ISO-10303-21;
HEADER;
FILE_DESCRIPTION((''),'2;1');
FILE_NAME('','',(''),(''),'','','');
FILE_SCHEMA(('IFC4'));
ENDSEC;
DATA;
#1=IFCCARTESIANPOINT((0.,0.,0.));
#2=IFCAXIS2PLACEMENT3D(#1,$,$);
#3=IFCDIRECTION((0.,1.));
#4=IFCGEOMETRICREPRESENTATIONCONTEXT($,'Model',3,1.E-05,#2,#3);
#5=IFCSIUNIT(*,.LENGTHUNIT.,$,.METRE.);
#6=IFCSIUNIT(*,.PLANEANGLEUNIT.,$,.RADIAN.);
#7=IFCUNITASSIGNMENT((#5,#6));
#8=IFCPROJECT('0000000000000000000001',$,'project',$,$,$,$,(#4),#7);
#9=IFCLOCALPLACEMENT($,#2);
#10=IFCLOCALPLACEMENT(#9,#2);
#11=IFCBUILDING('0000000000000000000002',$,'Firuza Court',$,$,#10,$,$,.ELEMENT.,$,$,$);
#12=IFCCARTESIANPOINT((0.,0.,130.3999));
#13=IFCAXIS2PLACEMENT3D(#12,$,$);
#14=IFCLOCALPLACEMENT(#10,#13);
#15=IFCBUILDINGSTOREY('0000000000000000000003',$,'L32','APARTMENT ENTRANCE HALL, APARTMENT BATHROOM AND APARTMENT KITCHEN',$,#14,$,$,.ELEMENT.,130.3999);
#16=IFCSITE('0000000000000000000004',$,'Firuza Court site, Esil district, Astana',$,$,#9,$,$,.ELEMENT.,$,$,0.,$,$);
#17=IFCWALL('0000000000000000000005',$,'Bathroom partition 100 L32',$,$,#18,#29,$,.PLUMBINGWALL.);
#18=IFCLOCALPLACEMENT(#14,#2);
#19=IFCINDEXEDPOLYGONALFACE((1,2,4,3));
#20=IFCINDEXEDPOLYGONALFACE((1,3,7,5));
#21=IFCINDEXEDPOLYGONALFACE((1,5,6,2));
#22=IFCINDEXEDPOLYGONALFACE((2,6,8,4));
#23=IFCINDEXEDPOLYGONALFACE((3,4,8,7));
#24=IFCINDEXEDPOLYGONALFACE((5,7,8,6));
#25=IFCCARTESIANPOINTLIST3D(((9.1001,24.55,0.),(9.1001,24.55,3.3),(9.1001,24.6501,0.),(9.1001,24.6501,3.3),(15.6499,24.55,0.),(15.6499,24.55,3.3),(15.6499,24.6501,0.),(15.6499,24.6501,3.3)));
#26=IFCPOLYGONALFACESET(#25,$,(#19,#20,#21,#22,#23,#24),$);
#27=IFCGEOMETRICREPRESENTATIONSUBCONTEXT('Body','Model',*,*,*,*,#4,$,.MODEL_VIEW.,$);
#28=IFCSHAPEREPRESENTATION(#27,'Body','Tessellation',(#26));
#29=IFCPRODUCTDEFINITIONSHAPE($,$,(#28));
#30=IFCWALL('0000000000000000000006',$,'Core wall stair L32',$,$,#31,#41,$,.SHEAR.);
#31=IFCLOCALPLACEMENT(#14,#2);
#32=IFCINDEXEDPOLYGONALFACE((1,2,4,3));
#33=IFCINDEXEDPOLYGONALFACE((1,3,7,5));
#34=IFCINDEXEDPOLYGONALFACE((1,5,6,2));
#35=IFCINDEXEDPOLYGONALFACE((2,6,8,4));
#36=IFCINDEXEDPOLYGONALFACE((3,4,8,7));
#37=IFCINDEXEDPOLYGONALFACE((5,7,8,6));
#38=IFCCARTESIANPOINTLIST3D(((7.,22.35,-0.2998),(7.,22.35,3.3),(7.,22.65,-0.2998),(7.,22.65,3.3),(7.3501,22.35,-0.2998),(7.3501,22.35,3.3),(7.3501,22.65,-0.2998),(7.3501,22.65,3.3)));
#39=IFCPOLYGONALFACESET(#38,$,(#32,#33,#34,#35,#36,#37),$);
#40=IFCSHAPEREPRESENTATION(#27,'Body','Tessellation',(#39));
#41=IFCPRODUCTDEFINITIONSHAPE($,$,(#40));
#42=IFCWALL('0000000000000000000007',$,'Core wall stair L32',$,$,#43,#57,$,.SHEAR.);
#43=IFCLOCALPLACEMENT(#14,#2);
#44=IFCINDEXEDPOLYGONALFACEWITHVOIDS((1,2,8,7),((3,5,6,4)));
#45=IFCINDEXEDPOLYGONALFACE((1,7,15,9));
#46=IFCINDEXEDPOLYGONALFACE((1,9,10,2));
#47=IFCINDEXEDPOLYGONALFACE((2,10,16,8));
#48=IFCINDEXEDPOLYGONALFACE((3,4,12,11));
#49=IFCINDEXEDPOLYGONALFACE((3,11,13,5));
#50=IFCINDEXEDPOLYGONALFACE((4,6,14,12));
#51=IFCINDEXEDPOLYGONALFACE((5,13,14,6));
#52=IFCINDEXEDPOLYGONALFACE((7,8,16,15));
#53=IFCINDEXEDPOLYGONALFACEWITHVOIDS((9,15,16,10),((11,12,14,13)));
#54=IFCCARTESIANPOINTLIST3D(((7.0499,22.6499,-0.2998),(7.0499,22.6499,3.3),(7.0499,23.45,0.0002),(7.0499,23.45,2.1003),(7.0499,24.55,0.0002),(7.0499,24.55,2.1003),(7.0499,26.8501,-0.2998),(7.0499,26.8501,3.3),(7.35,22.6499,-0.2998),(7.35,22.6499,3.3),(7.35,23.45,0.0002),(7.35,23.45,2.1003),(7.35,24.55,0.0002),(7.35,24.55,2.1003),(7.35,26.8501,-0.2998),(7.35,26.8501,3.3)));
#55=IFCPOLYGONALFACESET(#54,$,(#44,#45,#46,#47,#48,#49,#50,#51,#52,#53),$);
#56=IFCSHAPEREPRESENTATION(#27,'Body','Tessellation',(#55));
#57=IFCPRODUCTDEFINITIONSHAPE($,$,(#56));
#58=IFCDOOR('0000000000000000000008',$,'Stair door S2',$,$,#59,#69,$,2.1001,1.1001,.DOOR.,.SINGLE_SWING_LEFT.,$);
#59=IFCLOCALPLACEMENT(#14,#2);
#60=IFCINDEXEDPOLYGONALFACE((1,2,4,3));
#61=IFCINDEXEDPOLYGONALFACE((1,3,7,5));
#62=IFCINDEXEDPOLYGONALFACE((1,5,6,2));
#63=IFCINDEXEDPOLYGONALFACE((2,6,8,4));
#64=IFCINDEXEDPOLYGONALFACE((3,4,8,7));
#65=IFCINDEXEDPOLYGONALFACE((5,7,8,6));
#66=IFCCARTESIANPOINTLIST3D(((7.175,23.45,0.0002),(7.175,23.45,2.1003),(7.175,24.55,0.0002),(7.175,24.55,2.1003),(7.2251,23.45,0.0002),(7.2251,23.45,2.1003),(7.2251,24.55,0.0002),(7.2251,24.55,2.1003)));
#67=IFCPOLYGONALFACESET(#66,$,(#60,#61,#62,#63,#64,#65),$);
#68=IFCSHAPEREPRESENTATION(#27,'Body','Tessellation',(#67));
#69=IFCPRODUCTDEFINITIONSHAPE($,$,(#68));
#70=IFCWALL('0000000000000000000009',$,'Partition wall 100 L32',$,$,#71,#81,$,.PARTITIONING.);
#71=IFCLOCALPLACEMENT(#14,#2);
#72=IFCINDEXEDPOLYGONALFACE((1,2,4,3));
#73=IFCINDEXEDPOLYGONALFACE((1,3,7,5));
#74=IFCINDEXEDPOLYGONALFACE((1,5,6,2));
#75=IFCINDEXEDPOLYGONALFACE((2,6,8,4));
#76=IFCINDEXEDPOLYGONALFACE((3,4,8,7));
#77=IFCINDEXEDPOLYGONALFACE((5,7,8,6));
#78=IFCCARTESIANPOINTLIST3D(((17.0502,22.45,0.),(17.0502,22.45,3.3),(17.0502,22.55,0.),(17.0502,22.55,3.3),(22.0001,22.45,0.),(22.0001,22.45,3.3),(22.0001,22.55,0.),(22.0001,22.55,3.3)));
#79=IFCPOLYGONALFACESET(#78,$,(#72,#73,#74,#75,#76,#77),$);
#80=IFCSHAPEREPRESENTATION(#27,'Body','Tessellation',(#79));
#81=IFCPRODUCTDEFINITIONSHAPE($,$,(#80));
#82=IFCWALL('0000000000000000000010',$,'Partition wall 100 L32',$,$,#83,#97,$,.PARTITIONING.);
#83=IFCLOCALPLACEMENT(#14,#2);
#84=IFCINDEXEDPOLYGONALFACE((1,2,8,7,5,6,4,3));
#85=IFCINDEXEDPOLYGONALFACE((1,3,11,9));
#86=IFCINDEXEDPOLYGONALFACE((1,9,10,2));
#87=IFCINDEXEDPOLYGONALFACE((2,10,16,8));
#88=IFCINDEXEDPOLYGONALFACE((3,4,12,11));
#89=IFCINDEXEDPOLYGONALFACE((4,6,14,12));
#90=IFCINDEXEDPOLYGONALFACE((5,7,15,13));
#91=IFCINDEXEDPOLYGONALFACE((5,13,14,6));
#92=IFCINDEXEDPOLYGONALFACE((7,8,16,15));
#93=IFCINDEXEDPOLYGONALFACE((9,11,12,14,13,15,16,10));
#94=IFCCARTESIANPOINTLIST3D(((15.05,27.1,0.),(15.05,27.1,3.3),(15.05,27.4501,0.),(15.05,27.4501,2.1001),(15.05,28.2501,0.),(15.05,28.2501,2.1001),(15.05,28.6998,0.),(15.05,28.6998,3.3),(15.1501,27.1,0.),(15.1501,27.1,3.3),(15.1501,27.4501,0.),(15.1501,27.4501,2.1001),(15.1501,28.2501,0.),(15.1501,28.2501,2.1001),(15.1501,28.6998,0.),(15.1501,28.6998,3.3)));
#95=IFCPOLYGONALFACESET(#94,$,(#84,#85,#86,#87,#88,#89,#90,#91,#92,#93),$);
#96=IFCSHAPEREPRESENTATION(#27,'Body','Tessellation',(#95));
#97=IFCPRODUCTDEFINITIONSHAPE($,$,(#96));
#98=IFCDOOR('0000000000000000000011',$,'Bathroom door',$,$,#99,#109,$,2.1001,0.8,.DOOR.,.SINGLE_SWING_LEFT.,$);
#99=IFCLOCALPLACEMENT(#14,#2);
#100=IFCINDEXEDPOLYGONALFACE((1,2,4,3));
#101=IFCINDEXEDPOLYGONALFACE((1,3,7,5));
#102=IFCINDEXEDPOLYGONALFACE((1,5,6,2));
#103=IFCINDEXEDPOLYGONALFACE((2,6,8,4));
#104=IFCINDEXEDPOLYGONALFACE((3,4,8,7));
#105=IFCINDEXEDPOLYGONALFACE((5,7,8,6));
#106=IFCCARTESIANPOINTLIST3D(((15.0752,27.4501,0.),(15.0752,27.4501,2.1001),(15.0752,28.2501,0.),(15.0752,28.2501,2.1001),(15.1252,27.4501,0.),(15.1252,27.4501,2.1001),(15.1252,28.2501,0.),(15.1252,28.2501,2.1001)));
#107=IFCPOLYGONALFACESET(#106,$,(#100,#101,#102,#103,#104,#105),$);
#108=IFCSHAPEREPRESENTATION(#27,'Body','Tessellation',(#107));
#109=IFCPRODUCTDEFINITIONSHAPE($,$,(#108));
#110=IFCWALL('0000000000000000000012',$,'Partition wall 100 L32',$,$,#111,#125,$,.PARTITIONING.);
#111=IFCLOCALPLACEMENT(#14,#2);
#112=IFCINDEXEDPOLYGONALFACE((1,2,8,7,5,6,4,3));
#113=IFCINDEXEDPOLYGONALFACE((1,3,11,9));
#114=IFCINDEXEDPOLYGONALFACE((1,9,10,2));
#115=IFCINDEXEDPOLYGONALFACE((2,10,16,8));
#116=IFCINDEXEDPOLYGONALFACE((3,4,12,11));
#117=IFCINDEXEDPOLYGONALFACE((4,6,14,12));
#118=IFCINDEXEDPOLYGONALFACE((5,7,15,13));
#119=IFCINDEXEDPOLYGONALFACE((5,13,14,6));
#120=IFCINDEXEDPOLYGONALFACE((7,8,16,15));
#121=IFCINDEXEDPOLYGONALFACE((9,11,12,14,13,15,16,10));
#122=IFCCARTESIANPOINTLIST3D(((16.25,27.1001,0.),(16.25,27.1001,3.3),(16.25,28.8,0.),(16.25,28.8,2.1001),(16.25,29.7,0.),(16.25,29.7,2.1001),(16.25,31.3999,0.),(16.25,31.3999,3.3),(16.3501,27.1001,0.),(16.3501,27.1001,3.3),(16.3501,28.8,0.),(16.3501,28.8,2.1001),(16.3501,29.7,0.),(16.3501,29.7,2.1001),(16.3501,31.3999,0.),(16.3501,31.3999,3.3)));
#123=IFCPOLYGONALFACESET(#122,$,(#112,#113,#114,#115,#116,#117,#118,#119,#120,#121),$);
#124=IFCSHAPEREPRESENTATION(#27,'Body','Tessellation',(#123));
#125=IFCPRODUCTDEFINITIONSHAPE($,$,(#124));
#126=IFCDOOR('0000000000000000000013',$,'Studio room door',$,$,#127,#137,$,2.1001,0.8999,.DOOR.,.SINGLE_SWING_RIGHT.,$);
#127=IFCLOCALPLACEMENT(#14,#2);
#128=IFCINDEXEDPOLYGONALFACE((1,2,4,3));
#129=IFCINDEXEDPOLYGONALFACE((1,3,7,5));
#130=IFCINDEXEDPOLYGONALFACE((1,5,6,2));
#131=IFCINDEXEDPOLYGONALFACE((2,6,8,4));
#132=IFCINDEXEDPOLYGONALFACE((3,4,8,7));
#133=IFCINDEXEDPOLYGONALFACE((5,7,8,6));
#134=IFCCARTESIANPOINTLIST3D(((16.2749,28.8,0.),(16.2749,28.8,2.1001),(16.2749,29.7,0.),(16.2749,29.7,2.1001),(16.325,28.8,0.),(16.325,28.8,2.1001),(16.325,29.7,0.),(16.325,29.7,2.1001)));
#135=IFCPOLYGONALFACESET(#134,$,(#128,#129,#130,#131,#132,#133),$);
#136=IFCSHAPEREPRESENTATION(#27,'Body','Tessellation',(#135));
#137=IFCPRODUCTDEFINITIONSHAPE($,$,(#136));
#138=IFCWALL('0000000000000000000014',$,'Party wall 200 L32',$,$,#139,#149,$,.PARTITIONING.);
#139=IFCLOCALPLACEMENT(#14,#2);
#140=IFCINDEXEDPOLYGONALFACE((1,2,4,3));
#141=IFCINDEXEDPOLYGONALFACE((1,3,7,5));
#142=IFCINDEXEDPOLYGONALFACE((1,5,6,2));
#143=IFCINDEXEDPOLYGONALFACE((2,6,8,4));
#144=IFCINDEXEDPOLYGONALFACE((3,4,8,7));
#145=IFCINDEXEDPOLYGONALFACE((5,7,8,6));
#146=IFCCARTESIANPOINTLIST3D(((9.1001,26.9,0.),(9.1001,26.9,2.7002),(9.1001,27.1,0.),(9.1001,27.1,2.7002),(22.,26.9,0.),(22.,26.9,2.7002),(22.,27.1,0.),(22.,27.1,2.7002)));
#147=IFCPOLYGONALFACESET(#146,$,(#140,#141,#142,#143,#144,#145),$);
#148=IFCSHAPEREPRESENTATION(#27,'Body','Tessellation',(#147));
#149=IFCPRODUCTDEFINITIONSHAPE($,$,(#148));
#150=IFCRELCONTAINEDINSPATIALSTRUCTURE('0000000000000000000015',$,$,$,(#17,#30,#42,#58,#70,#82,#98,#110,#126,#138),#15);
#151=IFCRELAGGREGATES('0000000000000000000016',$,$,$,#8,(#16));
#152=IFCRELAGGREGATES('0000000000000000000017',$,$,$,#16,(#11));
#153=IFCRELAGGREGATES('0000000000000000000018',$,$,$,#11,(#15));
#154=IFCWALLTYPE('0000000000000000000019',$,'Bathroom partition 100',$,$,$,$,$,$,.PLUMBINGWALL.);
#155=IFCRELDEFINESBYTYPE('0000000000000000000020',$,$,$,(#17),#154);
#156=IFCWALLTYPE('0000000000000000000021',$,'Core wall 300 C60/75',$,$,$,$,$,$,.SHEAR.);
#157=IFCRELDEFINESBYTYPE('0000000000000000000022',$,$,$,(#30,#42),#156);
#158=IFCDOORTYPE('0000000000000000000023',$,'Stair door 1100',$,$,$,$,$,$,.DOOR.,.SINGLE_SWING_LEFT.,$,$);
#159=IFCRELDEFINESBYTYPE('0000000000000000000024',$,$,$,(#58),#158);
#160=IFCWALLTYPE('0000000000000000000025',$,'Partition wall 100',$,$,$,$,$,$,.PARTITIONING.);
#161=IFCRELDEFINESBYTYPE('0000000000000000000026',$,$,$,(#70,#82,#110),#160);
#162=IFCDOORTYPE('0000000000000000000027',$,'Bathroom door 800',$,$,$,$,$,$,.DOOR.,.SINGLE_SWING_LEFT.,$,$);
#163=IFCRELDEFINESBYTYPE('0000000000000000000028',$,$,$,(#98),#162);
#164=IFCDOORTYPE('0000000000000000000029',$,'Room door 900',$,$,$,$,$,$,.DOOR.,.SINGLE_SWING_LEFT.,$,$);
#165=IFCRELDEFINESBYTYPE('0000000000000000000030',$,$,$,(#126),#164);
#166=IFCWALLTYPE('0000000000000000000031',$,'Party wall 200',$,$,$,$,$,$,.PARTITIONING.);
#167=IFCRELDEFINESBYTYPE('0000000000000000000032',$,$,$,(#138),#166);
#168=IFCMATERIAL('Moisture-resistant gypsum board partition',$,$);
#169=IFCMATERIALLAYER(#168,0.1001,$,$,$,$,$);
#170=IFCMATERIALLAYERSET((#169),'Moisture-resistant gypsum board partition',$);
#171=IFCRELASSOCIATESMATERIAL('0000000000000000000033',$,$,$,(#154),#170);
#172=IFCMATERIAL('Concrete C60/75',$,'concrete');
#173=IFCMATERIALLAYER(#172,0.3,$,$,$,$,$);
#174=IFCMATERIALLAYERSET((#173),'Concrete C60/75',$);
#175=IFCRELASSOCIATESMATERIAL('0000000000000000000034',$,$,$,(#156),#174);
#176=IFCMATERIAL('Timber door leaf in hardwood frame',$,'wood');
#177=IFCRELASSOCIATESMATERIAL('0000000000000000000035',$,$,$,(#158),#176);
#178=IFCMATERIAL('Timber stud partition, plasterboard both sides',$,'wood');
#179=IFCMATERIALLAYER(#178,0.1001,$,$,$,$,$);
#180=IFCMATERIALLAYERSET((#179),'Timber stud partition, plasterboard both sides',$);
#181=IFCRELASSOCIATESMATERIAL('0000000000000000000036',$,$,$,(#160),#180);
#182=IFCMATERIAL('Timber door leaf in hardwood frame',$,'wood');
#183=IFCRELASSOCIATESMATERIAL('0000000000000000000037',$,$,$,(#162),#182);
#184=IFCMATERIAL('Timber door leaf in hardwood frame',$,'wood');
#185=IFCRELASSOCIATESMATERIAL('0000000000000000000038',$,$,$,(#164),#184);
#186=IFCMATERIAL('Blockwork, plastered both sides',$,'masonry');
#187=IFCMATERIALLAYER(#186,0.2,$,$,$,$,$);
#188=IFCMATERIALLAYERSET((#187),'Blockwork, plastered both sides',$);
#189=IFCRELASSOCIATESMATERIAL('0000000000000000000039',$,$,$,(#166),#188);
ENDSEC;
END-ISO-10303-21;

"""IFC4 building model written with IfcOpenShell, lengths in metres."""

from ifc_helpers import new_model, si_unit, direction, frame, frame_2d, origin, place, context, subcontext, project, spatial, rectangle, extrude, material, layer, layer_set, type_object, element, fill, save


model = new_model("IFC4")

# Units and contexts
model_context = context("Model", 3, precision=1e-05, world=origin(), true_north=direction((0.0, 1.0)))
body_context = subcontext(model_context, "Body", "Model", "MODEL_VIEW")
ifc_project = project(units=[si_unit("LENGTHUNIT", "METRE"), si_unit("PLANEANGLEUNIT", "RADIAN")], contexts=[model_context])

# Site, building, storey
site_placement = place(None, origin())
site = spatial("IfcSite", under=ifc_project, at=site_placement, Name="Firuza Court site, Esil district, Astana", CompositionType="ELEMENT", RefElevation=0.0)
building_placement = place(site_placement, origin())
building = spatial("IfcBuilding", under=site, at=building_placement, Name="Firuza Court", CompositionType="ELEMENT")
storey_placement = place(building_placement, frame((0.0, 0.0, 130.3999)))
storey = spatial("IfcBuildingStorey", under=building, at=storey_placement, Name="L32", Description="APARTMENT ENTRANCE HALL, APARTMENT BATHROOM AND APARTMENT KITCHEN", CompositionType="ELEMENT", Elevation=130.3999)

# Walls
ifc_material_1 = material(Name="Moisture-resistant gypsum board partition")
ifc_layer_1 = layer(ifc_material_1, 0.1001)
ifc_layer_set_1 = layer_set([ifc_layer_1], Name="Moisture-resistant gypsum board partition")
wall_type_1 = type_object("IfcWallType", Name="Bathroom partition 100", PredefinedType="PLUMBINGWALL", material=ifc_layer_set_1)
wall_1_placement = place(storey_placement, frame((9.1001, 24.6001, 0.0), z_axis=(0.0, 0.0, 1.0), x_axis=(1.0, 0.0, 0.0)))
element("IfcWall", 1, at=wall_1_placement, inside=storey, type_object=wall_type_1, Name="Bathroom partition 100 L32", PredefinedType="PLUMBINGWALL", context=body_context, shape_type="SweptSolid", body=[
    extrude(rectangle(XDim=6.5498, YDim=0.1001, at=frame_2d((3.2749, 0.0))), origin(), (0.0, 0.0, 1.0), 3.3),
])
ifc_material_2 = material(Name="Concrete C60/75", Category="concrete")
ifc_layer_2 = layer(ifc_material_2, 0.3)
ifc_layer_set_2 = layer_set([ifc_layer_2], Name="Concrete C60/75")
wall_type_2 = type_object("IfcWallType", Name="Core wall 300 C60/75", PredefinedType="SHEAR", material=ifc_layer_set_2)
wall_2_placement = place(storey_placement, frame((7.0, 22.5, -0.2998), z_axis=(0.0, 0.0, 1.0), x_axis=(1.0, 0.0, 0.0)))
element("IfcWall", 2, at=wall_2_placement, inside=storey, type_object=wall_type_2, Name="Core wall stair L32", PredefinedType="SHEAR", context=body_context, shape_type="SweptSolid", body=[
    extrude(rectangle(XDim=0.3501, YDim=0.3, at=frame_2d((0.175, 0.0))), origin(), (0.0, 0.0, 1.0), 3.5999),
])

# Wall, opening, door
wall_3_placement = place(storey_placement, frame((7.2, 22.6499, -0.2998), z_axis=(0.0, 0.0, 1.0), x_axis=(0.0, 1.0, 0.0)))
wall_3 = element("IfcWall", 3, at=wall_3_placement, inside=storey, type_object=wall_type_2, Name="Core wall stair L32", PredefinedType="SHEAR", context=body_context, shape_type="SweptSolid", body=[
    extrude(rectangle(XDim=4.2002, YDim=0.3, at=frame_2d((2.1001, 0.0))), origin(), (0.0, 0.0, 1.0), 3.5999),
])
opening_1_placement = place(wall_3_placement, frame((0.8, 0.0, 0.3)))
opening_1 = element("IfcOpeningElement", 4, at=opening_1_placement, cuts=wall_3, PredefinedType="OPENING", context=body_context, shape_type="SweptSolid", body=[
    extrude(rectangle(XDim=1.1001, YDim=2.1001, at=frame_2d((0.55, 1.05))), frame((0.0, 0.1621, 0.0), z_axis=(0.0, -1.0, 0.0), x_axis=(1.0, 0.0, 0.0)), (0.0, 0.0, 1.0), 0.324),
])
ifc_material_3 = material(Name="Timber door leaf in hardwood frame", Category="wood")
door_type_1 = type_object("IfcDoorType", Name="Stair door 1100", OperationType="SINGLE_SWING_LEFT", PredefinedType="DOOR", material=ifc_material_3)
door_1_placement = place(opening_1_placement, origin())
door_1 = element("IfcDoor", 5, at=door_1_placement, inside=storey, type_object=door_type_1, Name="Stair door S2", OperationType="SINGLE_SWING_LEFT", OverallHeight=2.1001, OverallWidth=1.1001, PredefinedType="DOOR", context=body_context, shape_type="SweptSolid", body=[
    extrude(rectangle(XDim=1.1001, YDim=2.1001, at=frame_2d((0.55, 1.05))), frame((0.0, 0.0249, 0.0), z_axis=(0.0, -1.0, 0.0), x_axis=(1.0, 0.0, 0.0)), (0.0, 0.0, 1.0), 0.05),
])
fill(opening_1, door_1)

# Wall
ifc_material_4 = material(Name="Timber stud partition, plasterboard both sides", Category="wood")
ifc_layer_3 = layer(ifc_material_4, 0.1001)
ifc_layer_set_3 = layer_set([ifc_layer_3], Name="Timber stud partition, plasterboard both sides")
wall_type_3 = type_object("IfcWallType", Name="Partition wall 100", PredefinedType="PARTITIONING", material=ifc_layer_set_3)
wall_4_placement = place(storey_placement, frame((17.05, 22.5, 0.0), z_axis=(0.0, 0.0, 1.0), x_axis=(1.0, 0.0, 0.0)))
element("IfcWall", 6, at=wall_4_placement, inside=storey, type_object=wall_type_3, Name="Partition wall 100 L32", PredefinedType="PARTITIONING", context=body_context, shape_type="SweptSolid", body=[
    extrude(rectangle(XDim=4.95, YDim=0.1001, at=frame_2d((2.4751, 0.0))), origin(), (0.0, 0.0, 1.0), 3.3),
])

# Walls, openings, doors
wall_5_placement = place(storey_placement, frame((15.1001, 27.1001, 0.0), z_axis=(0.0, 0.0, 1.0), x_axis=(0.0, 1.0, 0.0)))
wall_5 = element("IfcWall", 7, at=wall_5_placement, inside=storey, type_object=wall_type_3, Name="Partition wall 100 L32", PredefinedType="PARTITIONING", context=body_context, shape_type="SweptSolid", body=[
    extrude(rectangle(XDim=1.5999, YDim=0.1001, at=frame_2d((0.7998, 0.0))), origin(), (0.0, 0.0, 1.0), 3.3),
])
opening_2_placement = place(wall_5_placement, frame((0.3501, 0.0, 0.0)))
opening_2 = element("IfcOpeningElement", 8, at=opening_2_placement, cuts=wall_5, PredefinedType="OPENING", context=body_context, shape_type="SweptSolid", body=[
    extrude(rectangle(XDim=0.8, YDim=2.1001, at=frame_2d((0.3999, 1.05))), frame((0.0, 0.062, 0.0), z_axis=(0.0, -1.0, 0.0), x_axis=(1.0, 0.0, 0.0)), (0.0, 0.0, 1.0), 0.124),
])
ifc_material_5 = material(Name="Timber door leaf in hardwood frame", Category="wood")
door_type_2 = type_object("IfcDoorType", Name="Bathroom door 800", OperationType="SINGLE_SWING_LEFT", PredefinedType="DOOR", material=ifc_material_5)
door_2_placement = place(opening_2_placement, origin())
door_2 = element("IfcDoor", 9, at=door_2_placement, inside=storey, type_object=door_type_2, Name="Bathroom door", OperationType="SINGLE_SWING_LEFT", OverallHeight=2.1001, OverallWidth=0.8, PredefinedType="DOOR", context=body_context, shape_type="SweptSolid", body=[
    extrude(rectangle(XDim=0.8, YDim=2.1001, at=frame_2d((0.3999, 1.05))), frame((0.0, 0.0249, 0.0), z_axis=(0.0, -1.0, 0.0), x_axis=(1.0, 0.0, 0.0)), (0.0, 0.0, 1.0), 0.05),
])
fill(opening_2, door_2)
wall_6_placement = place(storey_placement, frame((16.3, 27.1001, 0.0), z_axis=(0.0, 0.0, 1.0), x_axis=(0.0, 1.0, 0.0)))
wall_6 = element("IfcWall", 10, at=wall_6_placement, inside=storey, type_object=wall_type_3, Name="Partition wall 100 L32", PredefinedType="PARTITIONING", context=body_context, shape_type="SweptSolid", body=[
    extrude(rectangle(XDim=4.2998, YDim=0.1001, at=frame_2d((2.1499, 0.0))), origin(), (0.0, 0.0, 1.0), 3.3),
])
opening_3_placement = place(wall_6_placement, frame((1.7, 0.0, 0.0)))
opening_3 = element("IfcOpeningElement", 11, at=opening_3_placement, cuts=wall_6, PredefinedType="OPENING", context=body_context, shape_type="SweptSolid", body=[
    extrude(rectangle(XDim=0.8999, YDim=2.1001, at=frame_2d((0.45, 1.05))), frame((0.0, 0.062, 0.0), z_axis=(0.0, -1.0, 0.0), x_axis=(1.0, 0.0, 0.0)), (0.0, 0.0, 1.0), 0.124),
])
ifc_material_6 = material(Name="Timber door leaf in hardwood frame", Category="wood")
door_type_3 = type_object("IfcDoorType", Name="Room door 900", OperationType="SINGLE_SWING_LEFT", PredefinedType="DOOR", material=ifc_material_6)
door_3_placement = place(opening_3_placement, frame((0.8999, 0.0, 0.0), z_axis=(0.0, 0.0, 1.0), x_axis=(-1.0, 0.0, 0.0)))
door_3 = element("IfcDoor", 12, at=door_3_placement, inside=storey, type_object=door_type_3, Name="Studio room door", OperationType="SINGLE_SWING_RIGHT", OverallHeight=2.1001, OverallWidth=0.8999, PredefinedType="DOOR", context=body_context, shape_type="SweptSolid", body=[
    extrude(rectangle(XDim=0.8999, YDim=2.1001, at=frame_2d((0.45, 1.05))), frame((0.0, 0.0249, 0.0), z_axis=(0.0, -1.0, 0.0), x_axis=(1.0, 0.0, 0.0)), (0.0, 0.0, 1.0), 0.05),
])
fill(opening_3, door_3)

# Wall
ifc_material_7 = material(Name="Blockwork, plastered both sides", Category="masonry")
ifc_layer_4 = layer(ifc_material_7, 0.2)
ifc_layer_set_4 = layer_set([ifc_layer_4], Name="Blockwork, plastered both sides")
wall_type_4 = type_object("IfcWallType", Name="Party wall 200", PredefinedType="PARTITIONING", material=ifc_layer_set_4)
wall_7_placement = place(storey_placement, frame((9.1001, 27.0, 0.0), z_axis=(0.0, 0.0, 1.0), x_axis=(1.0, 0.0, 0.0)))
element("IfcWall", 13, at=wall_7_placement, inside=storey, type_object=wall_type_4, Name="Party wall 200 L32", PredefinedType="PARTITIONING", context=body_context, shape_type="SweptSolid", body=[
    extrude(rectangle(XDim=12.8999, YDim=0.2, at=frame_2d((6.45, 0.0))), origin(), (0.0, 0.0, 1.0), 2.7002),
])

save(model, "model.ifc")
